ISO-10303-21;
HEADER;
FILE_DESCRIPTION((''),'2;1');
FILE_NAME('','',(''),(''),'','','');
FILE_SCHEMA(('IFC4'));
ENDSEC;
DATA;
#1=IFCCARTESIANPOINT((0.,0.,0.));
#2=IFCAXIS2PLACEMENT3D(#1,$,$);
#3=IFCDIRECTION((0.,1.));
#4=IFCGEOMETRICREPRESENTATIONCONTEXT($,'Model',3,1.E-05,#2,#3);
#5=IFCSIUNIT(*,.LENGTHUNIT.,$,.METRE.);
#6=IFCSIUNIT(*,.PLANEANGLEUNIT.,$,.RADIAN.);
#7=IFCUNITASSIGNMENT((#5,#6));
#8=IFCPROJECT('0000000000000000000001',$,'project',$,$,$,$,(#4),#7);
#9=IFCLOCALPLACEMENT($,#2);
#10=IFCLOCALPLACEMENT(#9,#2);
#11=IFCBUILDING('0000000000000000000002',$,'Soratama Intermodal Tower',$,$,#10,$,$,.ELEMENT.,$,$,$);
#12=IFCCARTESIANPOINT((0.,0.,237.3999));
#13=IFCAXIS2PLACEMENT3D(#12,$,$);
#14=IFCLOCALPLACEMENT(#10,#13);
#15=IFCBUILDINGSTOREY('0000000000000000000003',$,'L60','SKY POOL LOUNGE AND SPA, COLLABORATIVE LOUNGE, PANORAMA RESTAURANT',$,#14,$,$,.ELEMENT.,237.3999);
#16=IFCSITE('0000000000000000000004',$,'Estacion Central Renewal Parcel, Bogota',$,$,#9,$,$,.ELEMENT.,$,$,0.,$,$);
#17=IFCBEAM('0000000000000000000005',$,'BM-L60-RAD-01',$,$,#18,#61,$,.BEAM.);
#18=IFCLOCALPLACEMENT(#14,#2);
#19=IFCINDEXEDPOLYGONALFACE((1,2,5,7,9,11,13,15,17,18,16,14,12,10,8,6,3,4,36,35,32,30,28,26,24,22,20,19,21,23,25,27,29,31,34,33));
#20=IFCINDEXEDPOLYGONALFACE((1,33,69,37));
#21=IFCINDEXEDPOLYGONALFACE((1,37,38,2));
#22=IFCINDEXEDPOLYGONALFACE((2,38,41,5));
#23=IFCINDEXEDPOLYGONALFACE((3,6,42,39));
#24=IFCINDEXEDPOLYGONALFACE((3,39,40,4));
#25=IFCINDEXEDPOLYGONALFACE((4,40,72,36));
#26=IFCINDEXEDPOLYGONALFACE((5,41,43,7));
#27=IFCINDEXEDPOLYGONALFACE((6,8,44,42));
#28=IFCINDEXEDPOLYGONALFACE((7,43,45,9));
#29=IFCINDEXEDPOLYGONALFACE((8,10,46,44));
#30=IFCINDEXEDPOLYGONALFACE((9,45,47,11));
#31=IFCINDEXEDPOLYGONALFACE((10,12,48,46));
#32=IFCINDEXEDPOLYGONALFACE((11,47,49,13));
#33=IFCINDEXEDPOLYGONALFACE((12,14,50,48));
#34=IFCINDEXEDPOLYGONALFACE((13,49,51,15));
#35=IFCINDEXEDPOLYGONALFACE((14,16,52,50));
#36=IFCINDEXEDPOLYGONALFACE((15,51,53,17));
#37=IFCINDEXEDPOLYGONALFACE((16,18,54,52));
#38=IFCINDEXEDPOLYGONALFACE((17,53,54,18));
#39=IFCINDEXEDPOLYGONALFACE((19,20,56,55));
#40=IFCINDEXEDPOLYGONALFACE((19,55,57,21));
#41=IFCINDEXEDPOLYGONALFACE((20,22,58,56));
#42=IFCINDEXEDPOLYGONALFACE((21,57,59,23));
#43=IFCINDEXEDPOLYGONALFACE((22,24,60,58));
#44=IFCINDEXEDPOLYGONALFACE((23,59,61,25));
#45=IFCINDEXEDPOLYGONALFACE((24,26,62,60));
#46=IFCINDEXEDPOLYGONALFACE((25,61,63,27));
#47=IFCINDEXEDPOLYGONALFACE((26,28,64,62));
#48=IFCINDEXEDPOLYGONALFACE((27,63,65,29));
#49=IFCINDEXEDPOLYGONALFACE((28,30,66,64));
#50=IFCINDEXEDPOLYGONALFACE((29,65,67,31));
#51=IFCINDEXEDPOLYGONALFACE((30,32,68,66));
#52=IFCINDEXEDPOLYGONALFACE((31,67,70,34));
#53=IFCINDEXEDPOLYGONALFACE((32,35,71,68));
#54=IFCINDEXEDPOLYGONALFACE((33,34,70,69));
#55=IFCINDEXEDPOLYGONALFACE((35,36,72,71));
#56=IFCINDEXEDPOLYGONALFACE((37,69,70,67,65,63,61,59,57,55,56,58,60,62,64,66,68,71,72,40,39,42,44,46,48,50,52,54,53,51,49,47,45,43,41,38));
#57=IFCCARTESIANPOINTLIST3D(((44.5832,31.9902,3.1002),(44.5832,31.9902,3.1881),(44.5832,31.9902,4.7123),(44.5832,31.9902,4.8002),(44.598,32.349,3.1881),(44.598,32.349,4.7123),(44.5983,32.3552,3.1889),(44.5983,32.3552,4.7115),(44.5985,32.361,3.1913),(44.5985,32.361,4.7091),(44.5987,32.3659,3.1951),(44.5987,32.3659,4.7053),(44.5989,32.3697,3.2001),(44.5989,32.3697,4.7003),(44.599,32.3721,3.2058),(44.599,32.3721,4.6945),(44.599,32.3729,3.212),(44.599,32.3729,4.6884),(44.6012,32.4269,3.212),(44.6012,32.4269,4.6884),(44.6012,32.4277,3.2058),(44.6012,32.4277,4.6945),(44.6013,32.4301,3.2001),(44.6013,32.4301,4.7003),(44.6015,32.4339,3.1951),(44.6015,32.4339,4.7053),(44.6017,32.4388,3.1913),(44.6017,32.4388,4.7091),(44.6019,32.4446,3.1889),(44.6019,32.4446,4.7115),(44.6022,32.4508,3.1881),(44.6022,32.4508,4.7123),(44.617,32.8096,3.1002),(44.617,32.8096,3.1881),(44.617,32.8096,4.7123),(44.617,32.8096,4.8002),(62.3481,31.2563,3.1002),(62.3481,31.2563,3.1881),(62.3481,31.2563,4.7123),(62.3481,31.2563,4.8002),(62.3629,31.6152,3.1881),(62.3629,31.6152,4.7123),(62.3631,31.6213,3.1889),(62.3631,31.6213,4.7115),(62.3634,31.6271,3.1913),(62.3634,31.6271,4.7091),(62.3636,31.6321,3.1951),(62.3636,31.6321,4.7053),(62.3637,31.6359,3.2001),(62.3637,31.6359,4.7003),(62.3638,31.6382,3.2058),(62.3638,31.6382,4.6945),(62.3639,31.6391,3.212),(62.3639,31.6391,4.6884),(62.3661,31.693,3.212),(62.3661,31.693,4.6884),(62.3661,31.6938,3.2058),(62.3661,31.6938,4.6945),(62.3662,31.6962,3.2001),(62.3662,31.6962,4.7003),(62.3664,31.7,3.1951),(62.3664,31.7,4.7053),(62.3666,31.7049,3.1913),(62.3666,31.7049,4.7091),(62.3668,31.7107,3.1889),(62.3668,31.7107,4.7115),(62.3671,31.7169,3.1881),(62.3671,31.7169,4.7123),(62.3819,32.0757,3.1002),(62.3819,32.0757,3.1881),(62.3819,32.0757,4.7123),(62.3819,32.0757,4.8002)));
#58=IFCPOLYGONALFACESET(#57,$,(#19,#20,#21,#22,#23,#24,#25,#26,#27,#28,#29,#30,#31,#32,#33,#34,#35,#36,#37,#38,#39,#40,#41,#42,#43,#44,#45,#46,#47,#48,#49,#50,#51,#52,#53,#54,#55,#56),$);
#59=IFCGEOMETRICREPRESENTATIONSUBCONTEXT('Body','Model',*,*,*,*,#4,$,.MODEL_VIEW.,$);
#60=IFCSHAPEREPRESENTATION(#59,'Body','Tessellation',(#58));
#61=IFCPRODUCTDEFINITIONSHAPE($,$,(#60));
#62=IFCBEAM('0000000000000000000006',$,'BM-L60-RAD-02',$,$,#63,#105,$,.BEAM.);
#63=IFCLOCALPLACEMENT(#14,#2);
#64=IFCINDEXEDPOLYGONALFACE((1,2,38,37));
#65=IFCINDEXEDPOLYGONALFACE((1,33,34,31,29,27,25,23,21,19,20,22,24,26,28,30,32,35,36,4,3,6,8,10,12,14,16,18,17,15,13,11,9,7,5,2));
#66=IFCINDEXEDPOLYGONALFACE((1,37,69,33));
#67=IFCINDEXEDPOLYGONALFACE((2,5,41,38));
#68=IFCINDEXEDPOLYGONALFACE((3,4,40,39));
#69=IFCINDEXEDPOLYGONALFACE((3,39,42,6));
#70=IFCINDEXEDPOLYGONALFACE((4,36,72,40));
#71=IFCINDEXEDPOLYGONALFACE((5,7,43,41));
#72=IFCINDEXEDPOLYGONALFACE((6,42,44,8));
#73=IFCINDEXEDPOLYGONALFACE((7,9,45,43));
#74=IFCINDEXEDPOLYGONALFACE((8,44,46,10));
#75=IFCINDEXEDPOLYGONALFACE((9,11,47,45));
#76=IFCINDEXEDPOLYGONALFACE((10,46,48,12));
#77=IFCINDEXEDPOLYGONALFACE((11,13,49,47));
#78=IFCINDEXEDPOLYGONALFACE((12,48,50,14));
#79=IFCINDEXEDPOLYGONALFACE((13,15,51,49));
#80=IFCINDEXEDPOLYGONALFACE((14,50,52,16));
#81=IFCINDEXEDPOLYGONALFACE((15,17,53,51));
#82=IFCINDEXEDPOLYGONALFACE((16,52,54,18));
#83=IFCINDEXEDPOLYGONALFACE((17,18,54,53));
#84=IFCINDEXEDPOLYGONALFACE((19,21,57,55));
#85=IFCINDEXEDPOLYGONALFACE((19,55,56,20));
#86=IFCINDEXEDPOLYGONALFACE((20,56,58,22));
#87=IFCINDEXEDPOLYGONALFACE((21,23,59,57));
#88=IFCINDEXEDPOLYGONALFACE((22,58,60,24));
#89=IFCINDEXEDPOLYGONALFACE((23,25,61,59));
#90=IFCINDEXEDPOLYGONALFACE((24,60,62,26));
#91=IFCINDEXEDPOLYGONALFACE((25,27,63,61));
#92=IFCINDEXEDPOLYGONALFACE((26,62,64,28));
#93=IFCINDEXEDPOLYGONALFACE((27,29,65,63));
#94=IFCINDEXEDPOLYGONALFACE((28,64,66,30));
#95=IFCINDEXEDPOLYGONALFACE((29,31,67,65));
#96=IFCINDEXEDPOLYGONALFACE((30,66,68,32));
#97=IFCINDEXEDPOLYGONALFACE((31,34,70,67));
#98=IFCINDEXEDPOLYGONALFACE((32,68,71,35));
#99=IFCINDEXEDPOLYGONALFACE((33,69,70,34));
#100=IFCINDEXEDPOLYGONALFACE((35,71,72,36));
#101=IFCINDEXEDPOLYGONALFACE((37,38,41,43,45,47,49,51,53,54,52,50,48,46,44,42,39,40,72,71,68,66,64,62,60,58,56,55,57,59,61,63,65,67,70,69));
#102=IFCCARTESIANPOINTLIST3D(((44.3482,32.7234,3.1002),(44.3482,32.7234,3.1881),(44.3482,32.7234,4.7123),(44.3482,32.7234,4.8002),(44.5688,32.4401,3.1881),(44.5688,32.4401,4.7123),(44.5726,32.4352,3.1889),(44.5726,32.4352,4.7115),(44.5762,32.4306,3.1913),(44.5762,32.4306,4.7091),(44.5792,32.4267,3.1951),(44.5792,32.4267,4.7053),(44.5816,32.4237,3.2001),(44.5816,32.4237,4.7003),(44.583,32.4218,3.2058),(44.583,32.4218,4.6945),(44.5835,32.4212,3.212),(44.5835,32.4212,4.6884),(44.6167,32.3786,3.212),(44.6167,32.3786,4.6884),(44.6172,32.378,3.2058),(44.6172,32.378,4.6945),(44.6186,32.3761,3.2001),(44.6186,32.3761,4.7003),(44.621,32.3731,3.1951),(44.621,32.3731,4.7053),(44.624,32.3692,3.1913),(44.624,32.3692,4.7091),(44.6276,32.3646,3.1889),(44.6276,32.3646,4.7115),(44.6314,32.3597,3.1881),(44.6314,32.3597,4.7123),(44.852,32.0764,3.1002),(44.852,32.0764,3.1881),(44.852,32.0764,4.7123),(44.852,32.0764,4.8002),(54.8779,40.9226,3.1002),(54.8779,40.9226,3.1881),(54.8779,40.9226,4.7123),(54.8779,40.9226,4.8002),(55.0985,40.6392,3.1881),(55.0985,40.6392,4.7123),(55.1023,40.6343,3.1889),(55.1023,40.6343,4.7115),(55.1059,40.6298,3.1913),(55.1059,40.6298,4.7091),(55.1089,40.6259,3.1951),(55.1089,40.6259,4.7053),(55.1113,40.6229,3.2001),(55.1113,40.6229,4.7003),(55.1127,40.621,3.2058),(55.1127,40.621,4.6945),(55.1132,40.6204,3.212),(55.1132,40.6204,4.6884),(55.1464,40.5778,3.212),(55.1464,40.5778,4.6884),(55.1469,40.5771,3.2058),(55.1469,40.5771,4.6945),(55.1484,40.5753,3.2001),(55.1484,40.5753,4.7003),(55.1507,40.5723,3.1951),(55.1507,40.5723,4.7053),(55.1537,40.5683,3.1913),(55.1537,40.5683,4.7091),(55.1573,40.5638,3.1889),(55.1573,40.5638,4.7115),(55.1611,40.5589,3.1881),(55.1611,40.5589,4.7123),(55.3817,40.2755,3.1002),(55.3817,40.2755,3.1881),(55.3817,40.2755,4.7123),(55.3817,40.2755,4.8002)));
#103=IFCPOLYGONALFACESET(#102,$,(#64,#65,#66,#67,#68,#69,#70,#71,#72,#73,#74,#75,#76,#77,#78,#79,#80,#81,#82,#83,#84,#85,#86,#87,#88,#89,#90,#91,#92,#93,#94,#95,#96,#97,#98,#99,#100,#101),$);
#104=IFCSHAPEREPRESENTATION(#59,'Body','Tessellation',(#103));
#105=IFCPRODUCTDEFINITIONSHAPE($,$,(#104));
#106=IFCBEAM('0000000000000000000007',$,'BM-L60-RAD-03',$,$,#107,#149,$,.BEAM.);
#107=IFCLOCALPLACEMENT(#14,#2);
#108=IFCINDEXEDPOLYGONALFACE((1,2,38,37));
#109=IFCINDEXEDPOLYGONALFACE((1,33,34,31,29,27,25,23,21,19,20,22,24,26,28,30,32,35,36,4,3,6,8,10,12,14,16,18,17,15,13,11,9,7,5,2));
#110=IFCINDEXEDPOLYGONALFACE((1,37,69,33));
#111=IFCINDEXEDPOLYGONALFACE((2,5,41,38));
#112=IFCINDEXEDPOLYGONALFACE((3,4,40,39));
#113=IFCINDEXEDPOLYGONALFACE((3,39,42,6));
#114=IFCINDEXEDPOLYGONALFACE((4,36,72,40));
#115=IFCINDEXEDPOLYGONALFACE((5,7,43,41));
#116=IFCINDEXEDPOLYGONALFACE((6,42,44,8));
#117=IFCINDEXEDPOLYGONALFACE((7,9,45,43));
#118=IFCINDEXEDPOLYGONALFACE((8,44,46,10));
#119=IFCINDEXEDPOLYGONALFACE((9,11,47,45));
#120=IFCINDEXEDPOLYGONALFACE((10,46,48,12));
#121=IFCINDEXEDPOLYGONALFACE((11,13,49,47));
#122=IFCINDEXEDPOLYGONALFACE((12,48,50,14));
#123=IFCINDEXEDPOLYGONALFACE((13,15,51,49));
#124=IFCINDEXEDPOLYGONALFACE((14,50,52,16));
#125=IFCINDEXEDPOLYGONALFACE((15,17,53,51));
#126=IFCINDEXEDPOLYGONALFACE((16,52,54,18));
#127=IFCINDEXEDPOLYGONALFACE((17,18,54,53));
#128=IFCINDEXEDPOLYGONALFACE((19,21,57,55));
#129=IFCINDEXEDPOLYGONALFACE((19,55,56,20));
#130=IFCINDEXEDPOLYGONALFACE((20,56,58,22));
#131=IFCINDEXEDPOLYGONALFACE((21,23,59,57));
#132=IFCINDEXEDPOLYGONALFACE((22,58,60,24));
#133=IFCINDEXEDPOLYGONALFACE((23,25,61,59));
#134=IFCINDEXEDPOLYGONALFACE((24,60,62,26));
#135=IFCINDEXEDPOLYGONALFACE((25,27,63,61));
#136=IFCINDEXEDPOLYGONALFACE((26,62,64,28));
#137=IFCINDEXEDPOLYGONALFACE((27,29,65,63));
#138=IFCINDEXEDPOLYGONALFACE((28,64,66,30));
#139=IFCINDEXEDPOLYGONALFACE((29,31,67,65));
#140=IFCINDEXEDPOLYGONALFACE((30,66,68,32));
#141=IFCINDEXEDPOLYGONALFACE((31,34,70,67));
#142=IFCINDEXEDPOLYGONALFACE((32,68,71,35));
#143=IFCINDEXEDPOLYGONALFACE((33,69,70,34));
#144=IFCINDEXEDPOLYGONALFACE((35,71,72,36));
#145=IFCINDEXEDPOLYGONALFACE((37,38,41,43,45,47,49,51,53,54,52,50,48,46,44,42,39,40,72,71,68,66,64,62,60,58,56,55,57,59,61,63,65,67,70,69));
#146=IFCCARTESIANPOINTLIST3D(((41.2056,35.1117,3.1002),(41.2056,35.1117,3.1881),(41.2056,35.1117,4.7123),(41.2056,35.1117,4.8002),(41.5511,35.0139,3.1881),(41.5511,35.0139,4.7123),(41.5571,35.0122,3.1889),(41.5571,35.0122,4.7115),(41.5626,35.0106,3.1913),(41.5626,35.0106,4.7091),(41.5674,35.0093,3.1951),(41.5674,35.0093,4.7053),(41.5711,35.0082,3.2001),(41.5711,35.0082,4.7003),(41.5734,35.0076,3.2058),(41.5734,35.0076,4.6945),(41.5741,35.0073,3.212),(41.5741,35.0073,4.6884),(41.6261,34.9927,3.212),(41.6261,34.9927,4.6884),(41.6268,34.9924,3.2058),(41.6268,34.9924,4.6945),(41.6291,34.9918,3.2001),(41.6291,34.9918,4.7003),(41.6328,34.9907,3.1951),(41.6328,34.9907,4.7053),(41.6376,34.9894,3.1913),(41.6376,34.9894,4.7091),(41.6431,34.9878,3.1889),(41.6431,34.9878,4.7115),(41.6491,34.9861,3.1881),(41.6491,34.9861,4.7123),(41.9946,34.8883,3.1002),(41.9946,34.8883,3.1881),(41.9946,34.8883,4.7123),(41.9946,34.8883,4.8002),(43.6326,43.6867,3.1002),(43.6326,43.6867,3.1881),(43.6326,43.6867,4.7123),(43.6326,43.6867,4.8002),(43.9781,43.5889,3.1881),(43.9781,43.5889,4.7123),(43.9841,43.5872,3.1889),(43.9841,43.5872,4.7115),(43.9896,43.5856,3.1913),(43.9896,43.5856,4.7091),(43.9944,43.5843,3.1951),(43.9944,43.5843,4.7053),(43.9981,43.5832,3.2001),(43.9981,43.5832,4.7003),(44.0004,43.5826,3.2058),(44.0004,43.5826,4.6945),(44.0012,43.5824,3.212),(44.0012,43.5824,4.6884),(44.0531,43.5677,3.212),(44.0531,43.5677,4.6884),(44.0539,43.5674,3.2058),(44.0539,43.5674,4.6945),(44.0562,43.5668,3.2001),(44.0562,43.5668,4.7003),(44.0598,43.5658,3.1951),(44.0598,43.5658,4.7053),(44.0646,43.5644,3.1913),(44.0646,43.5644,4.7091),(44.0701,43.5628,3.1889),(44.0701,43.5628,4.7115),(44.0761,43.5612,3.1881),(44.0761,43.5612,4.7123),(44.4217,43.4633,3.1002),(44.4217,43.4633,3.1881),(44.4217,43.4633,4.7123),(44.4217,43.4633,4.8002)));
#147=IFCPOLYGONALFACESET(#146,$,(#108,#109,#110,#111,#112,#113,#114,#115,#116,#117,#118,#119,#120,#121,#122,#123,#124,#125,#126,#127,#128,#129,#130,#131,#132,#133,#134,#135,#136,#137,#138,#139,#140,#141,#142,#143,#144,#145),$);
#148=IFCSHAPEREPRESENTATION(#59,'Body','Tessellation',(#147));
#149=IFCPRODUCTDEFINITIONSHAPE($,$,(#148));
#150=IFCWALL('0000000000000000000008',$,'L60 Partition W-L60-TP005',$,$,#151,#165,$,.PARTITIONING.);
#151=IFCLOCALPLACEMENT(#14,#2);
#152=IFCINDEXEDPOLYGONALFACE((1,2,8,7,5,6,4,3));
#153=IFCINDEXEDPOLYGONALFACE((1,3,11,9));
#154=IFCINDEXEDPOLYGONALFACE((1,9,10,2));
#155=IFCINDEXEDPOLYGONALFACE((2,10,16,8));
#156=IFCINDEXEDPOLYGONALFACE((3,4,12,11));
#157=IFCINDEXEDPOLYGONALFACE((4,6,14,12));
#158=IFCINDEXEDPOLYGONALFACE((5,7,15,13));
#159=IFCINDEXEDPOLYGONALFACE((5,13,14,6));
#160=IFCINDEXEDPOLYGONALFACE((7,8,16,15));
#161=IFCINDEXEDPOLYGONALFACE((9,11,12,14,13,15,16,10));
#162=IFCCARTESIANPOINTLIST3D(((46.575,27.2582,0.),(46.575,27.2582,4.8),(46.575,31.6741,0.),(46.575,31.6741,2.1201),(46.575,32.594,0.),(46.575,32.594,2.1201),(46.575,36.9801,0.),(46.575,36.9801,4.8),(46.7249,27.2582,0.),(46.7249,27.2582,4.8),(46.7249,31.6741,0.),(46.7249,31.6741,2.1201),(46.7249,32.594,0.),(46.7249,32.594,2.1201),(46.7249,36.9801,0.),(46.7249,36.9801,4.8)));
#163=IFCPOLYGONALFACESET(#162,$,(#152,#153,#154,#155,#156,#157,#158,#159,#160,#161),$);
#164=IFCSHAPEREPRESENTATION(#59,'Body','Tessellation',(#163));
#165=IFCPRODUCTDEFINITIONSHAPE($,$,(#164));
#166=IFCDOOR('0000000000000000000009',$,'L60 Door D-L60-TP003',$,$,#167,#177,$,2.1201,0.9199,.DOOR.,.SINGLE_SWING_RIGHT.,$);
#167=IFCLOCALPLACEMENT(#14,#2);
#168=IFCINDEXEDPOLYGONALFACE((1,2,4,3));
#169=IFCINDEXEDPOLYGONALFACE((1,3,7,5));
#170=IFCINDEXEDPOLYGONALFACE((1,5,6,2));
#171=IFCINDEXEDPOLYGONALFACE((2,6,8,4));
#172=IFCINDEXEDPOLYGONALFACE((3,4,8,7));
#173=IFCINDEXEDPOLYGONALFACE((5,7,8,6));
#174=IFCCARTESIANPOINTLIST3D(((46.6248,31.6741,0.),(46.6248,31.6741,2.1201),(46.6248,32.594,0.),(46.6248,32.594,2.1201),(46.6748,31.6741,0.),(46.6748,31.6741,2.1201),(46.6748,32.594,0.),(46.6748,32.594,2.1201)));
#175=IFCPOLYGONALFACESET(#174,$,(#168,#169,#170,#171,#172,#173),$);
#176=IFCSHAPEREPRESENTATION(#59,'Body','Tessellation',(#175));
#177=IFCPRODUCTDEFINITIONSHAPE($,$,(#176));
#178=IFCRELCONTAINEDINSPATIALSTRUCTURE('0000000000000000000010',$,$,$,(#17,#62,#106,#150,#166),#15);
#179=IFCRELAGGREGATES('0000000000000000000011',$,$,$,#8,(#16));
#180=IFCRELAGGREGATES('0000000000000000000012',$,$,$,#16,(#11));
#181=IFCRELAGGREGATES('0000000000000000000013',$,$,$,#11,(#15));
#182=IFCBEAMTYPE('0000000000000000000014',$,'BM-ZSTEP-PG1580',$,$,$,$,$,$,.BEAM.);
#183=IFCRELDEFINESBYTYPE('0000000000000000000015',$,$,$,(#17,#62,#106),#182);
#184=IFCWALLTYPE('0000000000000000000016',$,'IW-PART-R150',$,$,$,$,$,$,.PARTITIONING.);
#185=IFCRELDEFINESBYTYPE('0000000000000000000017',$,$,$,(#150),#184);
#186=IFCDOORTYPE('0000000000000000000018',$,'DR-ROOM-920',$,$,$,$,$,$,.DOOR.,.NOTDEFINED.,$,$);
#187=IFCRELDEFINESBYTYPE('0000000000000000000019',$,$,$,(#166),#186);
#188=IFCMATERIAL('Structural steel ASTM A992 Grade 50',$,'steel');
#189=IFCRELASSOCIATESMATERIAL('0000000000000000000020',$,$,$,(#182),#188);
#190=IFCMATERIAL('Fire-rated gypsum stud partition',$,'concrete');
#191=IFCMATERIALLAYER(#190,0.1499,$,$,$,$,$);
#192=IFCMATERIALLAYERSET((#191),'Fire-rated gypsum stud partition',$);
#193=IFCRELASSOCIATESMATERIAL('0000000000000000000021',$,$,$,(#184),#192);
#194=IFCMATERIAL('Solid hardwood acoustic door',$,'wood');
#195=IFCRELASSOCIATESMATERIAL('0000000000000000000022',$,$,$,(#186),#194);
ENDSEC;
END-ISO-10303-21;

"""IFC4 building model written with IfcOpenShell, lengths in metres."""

from ifc_helpers import new_model, si_unit, direction, frame, frame_2d, origin, origin_2d, place, context, subcontext, project, spatial, rectangle, i_section, extrude, material, layer, layer_set, material_profile, profile_set, type_object, element, fill, save


model = new_model("IFC4")

# Units and contexts
model_context = context("Model", 3, precision=1e-05, world=origin(), true_north=direction((0.0, 1.0)))
body_context = subcontext(model_context, "Body", "Model", "MODEL_VIEW")
ifc_project = project(units=[si_unit("LENGTHUNIT", "METRE"), si_unit("PLANEANGLEUNIT", "RADIAN")], contexts=[model_context])

# Site, building, storey
site_placement = place(None, origin())
site = spatial("IfcSite", under=ifc_project, at=site_placement, Name="Estacion Central Renewal Parcel, Bogota", CompositionType="ELEMENT", RefElevation=0.0)
building_placement = place(site_placement, origin())
building = spatial("IfcBuilding", under=site, at=building_placement, Name="Soratama Intermodal Tower", CompositionType="ELEMENT")
storey_placement = place(building_placement, frame((0.0, 0.0, 237.3999)))
storey = spatial("IfcBuildingStorey", under=building, at=storey_placement, Name="L60", Description="SKY POOL LOUNGE AND SPA, COLLABORATIVE LOUNGE, PANORAMA RESTAURANT", CompositionType="ELEMENT", Elevation=237.3999)

# Beams
ifc_material_1 = material(Name="Structural steel ASTM A992 Grade 50", Category="steel")
ifc_material_profile_1 = material_profile(ifc_material_1, i_section(OverallWidth=0.8201, OverallDepth=1.7, WebThickness=0.054, FlangeThickness=0.0879, FilletRadius=0.0239, at=origin_2d()), Name="PG1580X800")
ifc_profile_set_1 = profile_set([ifc_material_profile_1], Name="Structural steel ASTM A992 Grade 50")
beam_type_1 = type_object("IfcBeamType", Name="BM-ZSTEP-PG1580", PredefinedType="BEAM", material=ifc_profile_set_1)
beam_1_placement = place(storey_placement, frame((44.6001, 32.3999, 3.9502), z_axis=(0.999148, -0.041276, 0.0), x_axis=(0.041276, 0.999148, 0.0)))
element("IfcBeam", 1, at=beam_1_placement, inside=storey, type_object=beam_type_1, Name="BM-L60-RAD-01", PredefinedType="BEAM", context=body_context, shape_type="SweptSolid", body=[
    extrude(i_section(OverallWidth=0.8201, OverallDepth=1.7, WebThickness=0.054, FlangeThickness=0.0879, FilletRadius=0.0239, at=origin_2d()), origin(), (0.0, 0.0, 1.0), 17.78),
])
beam_2_placement = place(storey_placement, frame((44.6001, 32.3999, 3.9502), z_axis=(0.789011, 0.614379, 0.0), x_axis=(-0.614379, 0.789011, 0.0)))
element("IfcBeam", 2, at=beam_2_placement, inside=storey, type_object=beam_type_1, Name="BM-L60-RAD-02", PredefinedType="BEAM", context=body_context, shape_type="SweptSolid", body=[
    extrude(i_section(OverallWidth=0.8201, OverallDepth=1.7, WebThickness=0.054, FlangeThickness=0.0879, FilletRadius=0.0239, at=origin_2d()), origin(), (0.0, 0.0, 1.0), 13.3455),
])
beam_3_placement = place(storey_placement, frame((41.6001, 35.0, 3.9502), z_axis=(0.272336, 0.962202, 0.0), x_axis=(-0.962202, 0.272336, 0.0)))
element("IfcBeam", 3, at=beam_3_placement, inside=storey, type_object=beam_type_1, Name="BM-L60-RAD-03", PredefinedType="BEAM", context=body_context, shape_type="SweptSolid", body=[
    extrude(i_section(OverallWidth=0.8201, OverallDepth=1.7, WebThickness=0.054, FlangeThickness=0.0879, FilletRadius=0.0239, at=origin_2d()), origin(), (0.0, 0.0, 1.0), 8.9119),
])

# Wall, opening, door
ifc_material_2 = material(Name="Fire-rated gypsum stud partition", Category="concrete")
ifc_layer_1 = layer(ifc_material_2, 0.1499)
ifc_layer_set_1 = layer_set([ifc_layer_1], Name="Fire-rated gypsum stud partition")
wall_type_1 = type_object("IfcWallType", Name="IW-PART-R150", PredefinedType="PARTITIONING", material=ifc_layer_set_1)
wall_1_placement = place(storey_placement, frame((46.6499, 36.98, 0.0), z_axis=(0.0, 0.0, 1.0), x_axis=(0.0, -1.0, 0.0)))
wall_1 = element("IfcWall", 4, at=wall_1_placement, inside=storey, type_object=wall_type_1, Name="L60 Partition W-L60-TP005", PredefinedType="PARTITIONING", context=body_context, shape_type="SweptSolid", body=[
    extrude(rectangle(XDim=9.7219, YDim=0.1499, at=frame_2d((4.8608, 0.0))), origin(), (0.0, 0.0, 1.0), 4.8),
])
opening_1_placement = place(wall_1_placement, frame((4.386, 0.0, 0.0)))
opening_1 = element("IfcOpeningElement", 5, at=opening_1_placement, cuts=wall_1, PredefinedType="OPENING", context=body_context, shape_type="SweptSolid", body=[
    extrude(rectangle(XDim=0.9199, YDim=2.1201, at=frame_2d((0.46, 1.0601))), frame((0.0, 0.085, 0.0), z_axis=(0.0, -1.0, 0.0), x_axis=(1.0, 0.0, 0.0)), (0.0, 0.0, 1.0), 0.1699),
])
ifc_material_3 = material(Name="Solid hardwood acoustic door", Category="wood")
door_type_1 = type_object("IfcDoorType", Name="DR-ROOM-920", OperationType="NOTDEFINED", PredefinedType="DOOR", material=ifc_material_3)
door_1_placement = place(opening_1_placement, origin())
door_1 = element("IfcDoor", 6, at=door_1_placement, inside=storey, type_object=door_type_1, Name="L60 Door D-L60-TP003", OperationType="SINGLE_SWING_RIGHT", OverallHeight=2.1201, OverallWidth=0.9199, PredefinedType="DOOR", context=body_context, shape_type="SweptSolid", body=[
    extrude(rectangle(XDim=0.9199, YDim=2.1201, at=frame_2d((0.46, 1.0601))), frame((0.0, 0.0249, 0.0), z_axis=(0.0, -1.0, 0.0), x_axis=(1.0, 0.0, 0.0)), (0.0, 0.0, 1.0), 0.05),
])
fill(opening_1, door_1)

save(model, "model.ifc")
